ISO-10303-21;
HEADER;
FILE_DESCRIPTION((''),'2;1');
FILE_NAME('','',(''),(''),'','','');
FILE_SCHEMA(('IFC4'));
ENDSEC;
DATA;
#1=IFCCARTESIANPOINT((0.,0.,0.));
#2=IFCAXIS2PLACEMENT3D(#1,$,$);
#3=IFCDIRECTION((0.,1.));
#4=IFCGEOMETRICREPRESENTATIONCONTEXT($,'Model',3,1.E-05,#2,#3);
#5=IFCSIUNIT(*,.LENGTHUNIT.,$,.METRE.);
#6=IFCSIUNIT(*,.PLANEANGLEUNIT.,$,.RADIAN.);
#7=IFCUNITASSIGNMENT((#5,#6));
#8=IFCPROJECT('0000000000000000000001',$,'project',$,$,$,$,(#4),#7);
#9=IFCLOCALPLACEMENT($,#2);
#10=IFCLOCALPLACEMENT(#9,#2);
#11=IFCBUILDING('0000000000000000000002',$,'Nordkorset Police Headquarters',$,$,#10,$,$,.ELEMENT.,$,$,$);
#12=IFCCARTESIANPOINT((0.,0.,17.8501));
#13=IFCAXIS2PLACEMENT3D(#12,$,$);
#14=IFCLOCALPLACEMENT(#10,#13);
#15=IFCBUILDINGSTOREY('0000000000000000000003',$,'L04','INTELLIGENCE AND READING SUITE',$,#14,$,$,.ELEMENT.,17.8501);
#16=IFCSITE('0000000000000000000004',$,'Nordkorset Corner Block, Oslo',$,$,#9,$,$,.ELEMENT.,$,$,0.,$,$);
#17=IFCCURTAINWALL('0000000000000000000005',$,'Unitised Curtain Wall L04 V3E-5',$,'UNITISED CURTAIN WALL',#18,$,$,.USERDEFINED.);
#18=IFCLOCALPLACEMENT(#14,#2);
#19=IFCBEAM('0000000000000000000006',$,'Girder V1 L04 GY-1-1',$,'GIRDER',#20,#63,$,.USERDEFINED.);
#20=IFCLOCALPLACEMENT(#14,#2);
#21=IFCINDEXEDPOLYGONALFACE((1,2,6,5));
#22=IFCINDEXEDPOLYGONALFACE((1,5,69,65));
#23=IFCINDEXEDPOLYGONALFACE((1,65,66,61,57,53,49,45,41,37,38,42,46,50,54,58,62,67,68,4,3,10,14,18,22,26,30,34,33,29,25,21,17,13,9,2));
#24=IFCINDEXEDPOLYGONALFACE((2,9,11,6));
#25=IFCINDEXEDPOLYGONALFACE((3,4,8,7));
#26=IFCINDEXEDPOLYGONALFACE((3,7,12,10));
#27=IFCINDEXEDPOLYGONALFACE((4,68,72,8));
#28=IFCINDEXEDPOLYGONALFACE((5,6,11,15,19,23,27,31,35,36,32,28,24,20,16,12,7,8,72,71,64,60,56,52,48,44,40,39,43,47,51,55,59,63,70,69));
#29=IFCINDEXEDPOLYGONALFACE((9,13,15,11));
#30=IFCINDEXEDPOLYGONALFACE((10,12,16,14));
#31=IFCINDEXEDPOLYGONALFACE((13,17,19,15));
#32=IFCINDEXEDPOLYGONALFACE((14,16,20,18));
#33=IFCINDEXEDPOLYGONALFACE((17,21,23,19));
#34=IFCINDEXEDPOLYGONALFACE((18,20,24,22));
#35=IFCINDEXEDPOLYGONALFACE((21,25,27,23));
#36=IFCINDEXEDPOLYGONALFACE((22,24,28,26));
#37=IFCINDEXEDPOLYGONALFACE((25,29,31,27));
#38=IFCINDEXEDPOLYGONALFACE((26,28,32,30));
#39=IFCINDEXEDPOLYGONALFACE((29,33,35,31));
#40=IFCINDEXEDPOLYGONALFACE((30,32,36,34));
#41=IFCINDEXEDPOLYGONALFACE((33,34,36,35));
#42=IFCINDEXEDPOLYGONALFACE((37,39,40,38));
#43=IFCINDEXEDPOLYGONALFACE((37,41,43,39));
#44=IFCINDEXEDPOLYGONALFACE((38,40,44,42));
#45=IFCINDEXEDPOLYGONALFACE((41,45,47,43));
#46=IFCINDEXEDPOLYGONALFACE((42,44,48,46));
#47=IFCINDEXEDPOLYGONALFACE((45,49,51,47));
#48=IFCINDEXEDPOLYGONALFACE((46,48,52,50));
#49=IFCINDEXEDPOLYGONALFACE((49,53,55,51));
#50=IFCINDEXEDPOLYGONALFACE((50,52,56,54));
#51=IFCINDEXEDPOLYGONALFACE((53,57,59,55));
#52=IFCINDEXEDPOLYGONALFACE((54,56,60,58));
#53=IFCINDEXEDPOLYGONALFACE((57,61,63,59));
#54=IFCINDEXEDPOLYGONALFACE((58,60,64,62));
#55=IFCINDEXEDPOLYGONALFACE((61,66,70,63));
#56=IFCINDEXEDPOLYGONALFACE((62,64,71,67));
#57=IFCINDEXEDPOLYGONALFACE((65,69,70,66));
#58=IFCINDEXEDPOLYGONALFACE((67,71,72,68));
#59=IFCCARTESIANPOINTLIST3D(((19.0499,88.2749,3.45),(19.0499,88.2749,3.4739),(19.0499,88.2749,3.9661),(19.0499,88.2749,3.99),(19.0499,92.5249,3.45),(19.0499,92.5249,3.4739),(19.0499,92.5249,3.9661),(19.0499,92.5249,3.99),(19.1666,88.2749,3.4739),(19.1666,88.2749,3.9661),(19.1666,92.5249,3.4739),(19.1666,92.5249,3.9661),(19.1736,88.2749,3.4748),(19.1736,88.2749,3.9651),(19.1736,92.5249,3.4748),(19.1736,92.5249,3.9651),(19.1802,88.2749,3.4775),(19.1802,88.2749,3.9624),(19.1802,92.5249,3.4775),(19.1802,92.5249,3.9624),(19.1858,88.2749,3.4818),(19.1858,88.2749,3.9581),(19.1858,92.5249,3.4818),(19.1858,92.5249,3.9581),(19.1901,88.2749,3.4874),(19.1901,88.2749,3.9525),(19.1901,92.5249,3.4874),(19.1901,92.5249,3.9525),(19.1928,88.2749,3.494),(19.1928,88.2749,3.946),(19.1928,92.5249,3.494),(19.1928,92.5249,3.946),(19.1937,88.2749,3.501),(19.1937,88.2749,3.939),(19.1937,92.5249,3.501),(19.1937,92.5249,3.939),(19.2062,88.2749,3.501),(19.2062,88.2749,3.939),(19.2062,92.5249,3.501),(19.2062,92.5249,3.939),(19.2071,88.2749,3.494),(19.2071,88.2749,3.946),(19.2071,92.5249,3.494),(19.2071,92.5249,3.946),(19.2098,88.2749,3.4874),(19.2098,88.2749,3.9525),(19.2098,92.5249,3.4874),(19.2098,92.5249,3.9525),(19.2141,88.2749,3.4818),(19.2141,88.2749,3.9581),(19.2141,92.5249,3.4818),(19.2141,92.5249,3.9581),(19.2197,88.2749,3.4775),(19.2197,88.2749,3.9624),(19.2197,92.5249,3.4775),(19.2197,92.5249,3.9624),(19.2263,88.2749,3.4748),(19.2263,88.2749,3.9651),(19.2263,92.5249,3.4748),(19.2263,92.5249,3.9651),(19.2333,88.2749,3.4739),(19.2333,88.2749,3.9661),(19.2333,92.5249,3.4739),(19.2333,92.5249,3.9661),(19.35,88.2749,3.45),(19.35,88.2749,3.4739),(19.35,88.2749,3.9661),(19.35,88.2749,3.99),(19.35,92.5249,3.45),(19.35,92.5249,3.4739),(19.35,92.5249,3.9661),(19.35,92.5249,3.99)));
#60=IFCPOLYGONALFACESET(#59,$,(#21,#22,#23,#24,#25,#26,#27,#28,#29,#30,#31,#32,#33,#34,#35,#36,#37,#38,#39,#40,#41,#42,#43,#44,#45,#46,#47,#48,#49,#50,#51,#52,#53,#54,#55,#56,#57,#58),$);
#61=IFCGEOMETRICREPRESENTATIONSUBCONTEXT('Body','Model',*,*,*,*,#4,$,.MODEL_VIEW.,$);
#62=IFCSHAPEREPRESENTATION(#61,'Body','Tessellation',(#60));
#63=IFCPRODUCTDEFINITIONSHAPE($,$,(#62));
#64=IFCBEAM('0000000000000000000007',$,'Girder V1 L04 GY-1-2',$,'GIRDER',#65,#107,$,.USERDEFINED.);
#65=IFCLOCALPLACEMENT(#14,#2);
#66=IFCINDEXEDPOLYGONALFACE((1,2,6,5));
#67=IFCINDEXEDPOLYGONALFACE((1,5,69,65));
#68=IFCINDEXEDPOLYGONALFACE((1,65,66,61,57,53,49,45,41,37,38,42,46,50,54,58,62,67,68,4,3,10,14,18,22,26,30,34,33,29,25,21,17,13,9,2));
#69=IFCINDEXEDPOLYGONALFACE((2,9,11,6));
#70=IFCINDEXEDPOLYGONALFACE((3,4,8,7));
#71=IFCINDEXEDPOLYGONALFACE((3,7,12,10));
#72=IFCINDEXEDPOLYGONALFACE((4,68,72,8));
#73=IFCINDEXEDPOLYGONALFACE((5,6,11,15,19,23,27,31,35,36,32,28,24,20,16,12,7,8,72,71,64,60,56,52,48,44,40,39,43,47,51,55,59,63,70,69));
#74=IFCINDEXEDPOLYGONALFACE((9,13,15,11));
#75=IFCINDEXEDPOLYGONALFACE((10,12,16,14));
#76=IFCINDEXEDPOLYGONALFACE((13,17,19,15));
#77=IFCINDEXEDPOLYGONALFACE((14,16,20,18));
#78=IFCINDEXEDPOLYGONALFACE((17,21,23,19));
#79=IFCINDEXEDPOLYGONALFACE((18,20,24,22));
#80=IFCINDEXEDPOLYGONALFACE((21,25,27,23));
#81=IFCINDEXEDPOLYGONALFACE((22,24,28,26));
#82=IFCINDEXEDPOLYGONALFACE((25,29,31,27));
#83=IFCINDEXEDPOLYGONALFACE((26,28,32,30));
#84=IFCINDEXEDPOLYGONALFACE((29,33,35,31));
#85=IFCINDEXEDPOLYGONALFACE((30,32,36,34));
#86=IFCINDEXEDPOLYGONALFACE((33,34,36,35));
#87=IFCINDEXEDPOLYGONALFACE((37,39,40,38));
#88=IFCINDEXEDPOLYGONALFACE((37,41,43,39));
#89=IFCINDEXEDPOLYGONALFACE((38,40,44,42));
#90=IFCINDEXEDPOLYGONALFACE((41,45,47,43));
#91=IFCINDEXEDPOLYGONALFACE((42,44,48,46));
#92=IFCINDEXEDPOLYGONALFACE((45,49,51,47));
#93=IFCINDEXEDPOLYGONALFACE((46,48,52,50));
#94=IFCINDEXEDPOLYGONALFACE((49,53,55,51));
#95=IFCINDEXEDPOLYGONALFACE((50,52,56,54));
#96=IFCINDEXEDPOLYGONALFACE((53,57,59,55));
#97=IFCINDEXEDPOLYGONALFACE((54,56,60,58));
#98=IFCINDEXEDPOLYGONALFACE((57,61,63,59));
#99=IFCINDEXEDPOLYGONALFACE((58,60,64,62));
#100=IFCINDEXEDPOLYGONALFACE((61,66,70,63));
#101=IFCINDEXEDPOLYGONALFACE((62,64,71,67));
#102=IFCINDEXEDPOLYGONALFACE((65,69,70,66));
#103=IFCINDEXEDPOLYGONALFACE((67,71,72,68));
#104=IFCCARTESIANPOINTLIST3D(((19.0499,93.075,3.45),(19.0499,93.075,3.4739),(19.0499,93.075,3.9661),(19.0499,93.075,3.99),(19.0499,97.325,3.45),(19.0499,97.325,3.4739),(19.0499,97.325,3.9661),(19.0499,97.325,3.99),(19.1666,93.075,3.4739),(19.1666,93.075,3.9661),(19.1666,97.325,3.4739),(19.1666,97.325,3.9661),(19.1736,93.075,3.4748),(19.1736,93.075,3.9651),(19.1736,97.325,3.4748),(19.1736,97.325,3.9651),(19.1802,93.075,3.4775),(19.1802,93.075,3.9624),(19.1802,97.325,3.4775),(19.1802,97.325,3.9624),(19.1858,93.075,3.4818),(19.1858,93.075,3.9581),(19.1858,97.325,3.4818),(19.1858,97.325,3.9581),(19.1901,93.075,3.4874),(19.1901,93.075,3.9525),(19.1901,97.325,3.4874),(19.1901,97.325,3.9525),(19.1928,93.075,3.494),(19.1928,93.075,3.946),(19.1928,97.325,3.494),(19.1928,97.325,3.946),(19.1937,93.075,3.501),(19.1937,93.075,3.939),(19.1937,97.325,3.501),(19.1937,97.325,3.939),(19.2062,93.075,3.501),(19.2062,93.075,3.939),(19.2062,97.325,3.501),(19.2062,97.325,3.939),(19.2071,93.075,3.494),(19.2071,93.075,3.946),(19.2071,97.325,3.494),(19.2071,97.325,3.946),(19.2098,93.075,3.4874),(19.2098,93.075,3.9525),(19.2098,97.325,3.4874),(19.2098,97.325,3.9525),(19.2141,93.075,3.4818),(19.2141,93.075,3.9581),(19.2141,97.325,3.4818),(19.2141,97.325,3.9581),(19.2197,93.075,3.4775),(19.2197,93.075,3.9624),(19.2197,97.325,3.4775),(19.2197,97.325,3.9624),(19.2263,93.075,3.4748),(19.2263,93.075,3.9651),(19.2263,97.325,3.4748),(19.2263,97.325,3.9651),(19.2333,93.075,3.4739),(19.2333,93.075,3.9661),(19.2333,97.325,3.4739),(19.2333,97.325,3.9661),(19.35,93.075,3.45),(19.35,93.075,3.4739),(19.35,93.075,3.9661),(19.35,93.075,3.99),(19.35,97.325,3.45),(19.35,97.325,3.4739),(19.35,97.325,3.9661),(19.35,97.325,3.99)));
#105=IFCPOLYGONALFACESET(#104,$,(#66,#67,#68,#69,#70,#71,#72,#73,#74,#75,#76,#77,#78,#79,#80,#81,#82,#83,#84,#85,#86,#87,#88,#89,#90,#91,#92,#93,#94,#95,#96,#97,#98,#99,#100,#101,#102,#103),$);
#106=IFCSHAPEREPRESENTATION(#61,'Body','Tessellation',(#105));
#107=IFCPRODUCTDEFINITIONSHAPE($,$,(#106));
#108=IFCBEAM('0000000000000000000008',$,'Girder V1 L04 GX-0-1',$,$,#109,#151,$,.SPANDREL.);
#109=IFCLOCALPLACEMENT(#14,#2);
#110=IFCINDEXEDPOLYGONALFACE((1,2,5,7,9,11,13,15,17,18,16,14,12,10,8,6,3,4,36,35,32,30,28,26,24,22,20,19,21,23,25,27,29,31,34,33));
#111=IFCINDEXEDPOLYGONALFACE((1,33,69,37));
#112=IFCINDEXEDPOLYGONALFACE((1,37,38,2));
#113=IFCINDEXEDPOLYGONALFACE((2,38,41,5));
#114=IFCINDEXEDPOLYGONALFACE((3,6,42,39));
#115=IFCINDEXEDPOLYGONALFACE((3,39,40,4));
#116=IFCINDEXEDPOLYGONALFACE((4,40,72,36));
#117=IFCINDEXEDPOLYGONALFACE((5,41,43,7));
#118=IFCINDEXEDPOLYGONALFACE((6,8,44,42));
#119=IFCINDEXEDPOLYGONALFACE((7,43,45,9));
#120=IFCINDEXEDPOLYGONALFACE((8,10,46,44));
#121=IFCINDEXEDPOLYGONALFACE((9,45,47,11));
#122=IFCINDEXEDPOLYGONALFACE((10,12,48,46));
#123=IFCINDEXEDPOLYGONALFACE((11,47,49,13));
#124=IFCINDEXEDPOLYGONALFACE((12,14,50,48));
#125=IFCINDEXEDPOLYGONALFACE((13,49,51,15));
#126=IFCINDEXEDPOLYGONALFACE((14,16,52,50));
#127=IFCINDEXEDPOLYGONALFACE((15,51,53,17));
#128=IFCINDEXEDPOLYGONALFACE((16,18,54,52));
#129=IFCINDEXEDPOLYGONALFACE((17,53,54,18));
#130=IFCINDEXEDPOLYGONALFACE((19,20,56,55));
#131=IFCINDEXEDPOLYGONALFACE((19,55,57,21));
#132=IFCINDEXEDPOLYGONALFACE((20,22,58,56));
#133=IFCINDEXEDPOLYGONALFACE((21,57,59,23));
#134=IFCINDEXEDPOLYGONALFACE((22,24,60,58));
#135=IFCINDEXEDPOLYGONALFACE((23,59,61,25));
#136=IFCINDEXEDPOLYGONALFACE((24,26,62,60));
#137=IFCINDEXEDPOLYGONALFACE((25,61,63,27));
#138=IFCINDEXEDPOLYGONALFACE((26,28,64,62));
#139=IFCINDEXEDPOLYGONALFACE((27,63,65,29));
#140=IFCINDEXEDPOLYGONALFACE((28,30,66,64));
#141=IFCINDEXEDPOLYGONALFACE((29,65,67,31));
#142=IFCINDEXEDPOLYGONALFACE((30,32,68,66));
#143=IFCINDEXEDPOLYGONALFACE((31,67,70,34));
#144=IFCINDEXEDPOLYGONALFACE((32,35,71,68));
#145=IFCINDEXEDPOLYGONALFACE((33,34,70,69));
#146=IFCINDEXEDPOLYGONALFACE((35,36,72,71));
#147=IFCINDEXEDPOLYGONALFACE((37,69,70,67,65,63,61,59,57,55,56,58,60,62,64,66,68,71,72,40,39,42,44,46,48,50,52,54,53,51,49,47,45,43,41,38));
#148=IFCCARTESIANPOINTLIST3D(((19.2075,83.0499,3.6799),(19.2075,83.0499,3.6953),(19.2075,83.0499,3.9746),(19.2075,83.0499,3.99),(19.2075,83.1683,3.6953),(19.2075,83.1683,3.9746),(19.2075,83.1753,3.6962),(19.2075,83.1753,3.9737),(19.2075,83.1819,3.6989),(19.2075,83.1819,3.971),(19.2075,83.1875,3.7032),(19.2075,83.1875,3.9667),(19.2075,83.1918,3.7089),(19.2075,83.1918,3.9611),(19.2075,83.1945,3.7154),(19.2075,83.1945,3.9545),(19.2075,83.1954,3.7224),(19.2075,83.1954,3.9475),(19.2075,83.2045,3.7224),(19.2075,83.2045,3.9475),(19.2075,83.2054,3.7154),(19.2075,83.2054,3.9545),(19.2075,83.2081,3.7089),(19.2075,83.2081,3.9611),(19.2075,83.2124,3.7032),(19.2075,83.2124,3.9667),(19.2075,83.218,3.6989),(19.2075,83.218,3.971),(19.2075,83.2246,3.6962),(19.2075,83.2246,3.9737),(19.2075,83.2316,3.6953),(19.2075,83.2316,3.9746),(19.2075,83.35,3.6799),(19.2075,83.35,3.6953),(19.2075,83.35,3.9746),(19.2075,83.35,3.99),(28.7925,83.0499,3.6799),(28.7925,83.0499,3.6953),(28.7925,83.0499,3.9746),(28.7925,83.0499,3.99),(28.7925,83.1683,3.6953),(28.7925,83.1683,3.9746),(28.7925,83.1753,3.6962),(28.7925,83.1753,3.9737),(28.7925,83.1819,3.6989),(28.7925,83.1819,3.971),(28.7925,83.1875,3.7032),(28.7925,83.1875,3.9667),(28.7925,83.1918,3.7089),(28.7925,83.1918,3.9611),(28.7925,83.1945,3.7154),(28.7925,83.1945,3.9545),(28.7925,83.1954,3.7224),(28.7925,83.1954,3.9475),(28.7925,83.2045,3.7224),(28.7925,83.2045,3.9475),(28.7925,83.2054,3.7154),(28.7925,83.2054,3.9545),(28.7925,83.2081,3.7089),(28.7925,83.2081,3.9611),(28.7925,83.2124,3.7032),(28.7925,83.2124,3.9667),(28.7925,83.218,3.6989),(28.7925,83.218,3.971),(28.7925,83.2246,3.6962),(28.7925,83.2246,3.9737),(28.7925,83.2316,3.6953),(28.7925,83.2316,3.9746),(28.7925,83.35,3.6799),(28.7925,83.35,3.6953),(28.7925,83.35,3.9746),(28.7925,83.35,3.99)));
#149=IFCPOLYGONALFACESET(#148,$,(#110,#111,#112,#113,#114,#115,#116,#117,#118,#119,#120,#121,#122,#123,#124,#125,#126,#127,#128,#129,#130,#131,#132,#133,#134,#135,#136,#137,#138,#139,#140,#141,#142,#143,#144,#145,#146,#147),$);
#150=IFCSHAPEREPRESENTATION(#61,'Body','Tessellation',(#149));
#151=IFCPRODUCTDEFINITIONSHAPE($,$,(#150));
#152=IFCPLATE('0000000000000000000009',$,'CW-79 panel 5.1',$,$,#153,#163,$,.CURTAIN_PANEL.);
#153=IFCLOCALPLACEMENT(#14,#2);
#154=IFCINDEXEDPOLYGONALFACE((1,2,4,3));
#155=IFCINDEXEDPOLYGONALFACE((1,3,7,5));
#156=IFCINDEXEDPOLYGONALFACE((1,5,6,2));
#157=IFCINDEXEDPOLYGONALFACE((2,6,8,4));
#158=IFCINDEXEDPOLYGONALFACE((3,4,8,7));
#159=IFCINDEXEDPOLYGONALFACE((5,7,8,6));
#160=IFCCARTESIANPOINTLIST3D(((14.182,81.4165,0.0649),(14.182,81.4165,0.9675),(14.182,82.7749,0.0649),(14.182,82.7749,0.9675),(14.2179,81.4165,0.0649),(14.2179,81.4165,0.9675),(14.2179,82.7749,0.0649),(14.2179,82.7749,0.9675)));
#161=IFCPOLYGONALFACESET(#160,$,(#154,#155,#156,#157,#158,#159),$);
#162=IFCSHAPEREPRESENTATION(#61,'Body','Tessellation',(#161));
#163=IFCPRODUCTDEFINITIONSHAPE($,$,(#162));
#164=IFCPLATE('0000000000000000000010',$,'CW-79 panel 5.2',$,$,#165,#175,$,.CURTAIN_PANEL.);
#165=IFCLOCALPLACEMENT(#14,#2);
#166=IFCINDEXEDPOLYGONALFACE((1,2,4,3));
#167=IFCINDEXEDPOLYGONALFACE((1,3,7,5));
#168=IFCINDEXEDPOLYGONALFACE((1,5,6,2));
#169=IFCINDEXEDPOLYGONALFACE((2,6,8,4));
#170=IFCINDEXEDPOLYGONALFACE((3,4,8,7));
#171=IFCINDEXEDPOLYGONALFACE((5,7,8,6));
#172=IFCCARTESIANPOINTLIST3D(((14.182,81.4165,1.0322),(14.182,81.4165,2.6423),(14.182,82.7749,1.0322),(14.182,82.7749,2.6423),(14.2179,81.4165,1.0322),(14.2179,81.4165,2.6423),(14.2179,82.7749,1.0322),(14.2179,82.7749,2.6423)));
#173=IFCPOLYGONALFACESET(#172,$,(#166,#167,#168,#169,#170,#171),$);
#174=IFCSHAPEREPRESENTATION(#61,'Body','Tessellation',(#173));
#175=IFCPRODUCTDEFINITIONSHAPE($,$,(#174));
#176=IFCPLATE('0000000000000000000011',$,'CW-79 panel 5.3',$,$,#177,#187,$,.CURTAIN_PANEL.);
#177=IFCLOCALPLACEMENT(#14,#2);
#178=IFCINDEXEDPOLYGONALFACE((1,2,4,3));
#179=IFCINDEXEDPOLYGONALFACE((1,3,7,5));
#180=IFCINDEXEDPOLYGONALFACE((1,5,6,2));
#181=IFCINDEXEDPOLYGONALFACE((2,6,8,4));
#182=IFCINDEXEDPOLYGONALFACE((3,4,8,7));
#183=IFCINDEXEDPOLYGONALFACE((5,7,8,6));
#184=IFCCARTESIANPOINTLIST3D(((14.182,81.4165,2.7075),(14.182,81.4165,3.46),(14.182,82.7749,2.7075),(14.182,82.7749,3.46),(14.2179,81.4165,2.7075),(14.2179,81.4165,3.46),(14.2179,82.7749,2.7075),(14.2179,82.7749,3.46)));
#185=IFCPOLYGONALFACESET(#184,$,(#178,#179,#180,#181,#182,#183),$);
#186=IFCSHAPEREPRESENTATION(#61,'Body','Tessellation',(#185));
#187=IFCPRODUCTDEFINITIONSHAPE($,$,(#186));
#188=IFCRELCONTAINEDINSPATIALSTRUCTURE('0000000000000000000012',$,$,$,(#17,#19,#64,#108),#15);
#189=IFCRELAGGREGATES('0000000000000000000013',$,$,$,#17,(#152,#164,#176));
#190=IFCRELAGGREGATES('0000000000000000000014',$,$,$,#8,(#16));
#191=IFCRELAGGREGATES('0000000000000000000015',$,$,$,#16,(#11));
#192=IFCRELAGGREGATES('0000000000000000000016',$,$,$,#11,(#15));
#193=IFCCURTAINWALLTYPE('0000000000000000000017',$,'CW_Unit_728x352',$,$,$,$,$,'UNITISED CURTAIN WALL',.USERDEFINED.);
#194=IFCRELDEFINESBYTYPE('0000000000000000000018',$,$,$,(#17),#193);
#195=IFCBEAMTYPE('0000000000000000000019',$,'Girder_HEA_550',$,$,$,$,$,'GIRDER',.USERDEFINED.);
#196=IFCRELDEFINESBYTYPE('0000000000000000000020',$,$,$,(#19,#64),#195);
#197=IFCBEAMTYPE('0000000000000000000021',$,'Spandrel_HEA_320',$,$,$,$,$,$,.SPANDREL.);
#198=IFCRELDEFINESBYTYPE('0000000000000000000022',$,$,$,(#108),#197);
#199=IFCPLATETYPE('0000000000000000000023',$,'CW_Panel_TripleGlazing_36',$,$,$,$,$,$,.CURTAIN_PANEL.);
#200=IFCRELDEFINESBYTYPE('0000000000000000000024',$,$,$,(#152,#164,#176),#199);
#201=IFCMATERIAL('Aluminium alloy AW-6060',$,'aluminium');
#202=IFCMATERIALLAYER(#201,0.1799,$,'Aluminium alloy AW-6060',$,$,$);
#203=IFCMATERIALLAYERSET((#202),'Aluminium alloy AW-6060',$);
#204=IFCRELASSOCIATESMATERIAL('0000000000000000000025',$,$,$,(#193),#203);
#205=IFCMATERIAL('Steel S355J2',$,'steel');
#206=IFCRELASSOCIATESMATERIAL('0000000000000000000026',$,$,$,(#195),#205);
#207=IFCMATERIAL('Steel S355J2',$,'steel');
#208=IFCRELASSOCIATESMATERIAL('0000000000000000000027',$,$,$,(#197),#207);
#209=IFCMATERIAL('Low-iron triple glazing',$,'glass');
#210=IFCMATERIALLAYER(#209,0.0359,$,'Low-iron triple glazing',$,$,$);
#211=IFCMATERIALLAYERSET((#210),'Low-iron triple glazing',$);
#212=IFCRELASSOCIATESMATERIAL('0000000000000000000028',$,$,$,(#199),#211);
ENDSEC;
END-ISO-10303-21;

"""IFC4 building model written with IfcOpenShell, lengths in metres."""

from ifc_helpers import new_model, si_unit, direction, frame, origin, origin_2d, place, context, subcontext, project, spatial, rectangle, i_section, extrude, material, layer, layer_set, material_profile, profile_set, type_object, element, aggregate, save


model = new_model("IFC4")

# Units and contexts
model_context = context("Model", 3, precision=1e-05, world=origin(), true_north=direction((0.0, 1.0)))
body_context = subcontext(model_context, "Body", "Model", "MODEL_VIEW")
ifc_project = project(units=[si_unit("LENGTHUNIT", "METRE"), si_unit("PLANEANGLEUNIT", "RADIAN")], contexts=[model_context])

# Site, building, storey
site_placement = place(None, origin())
site = spatial("IfcSite", under=ifc_project, at=site_placement, Name="Nordkorset Corner Block, Oslo", CompositionType="ELEMENT", RefElevation=0.0)
building_placement = place(site_placement, origin())
building = spatial("IfcBuilding", under=site, at=building_placement, Name="Nordkorset Police Headquarters", CompositionType="ELEMENT")
storey_placement = place(building_placement, frame((0.0, 0.0, 17.8501)))
storey = spatial("IfcBuildingStorey", under=building, at=storey_placement, Name="L04", Description="INTELLIGENCE AND READING SUITE", CompositionType="ELEMENT", Elevation=17.8501)

# Curtain wall
ifc_material_1 = material(Name="Aluminium alloy AW-6060", Category="aluminium")
ifc_layer_1 = layer(ifc_material_1, 0.1799, Name="Aluminium alloy AW-6060")
ifc_layer_set_1 = layer_set([ifc_layer_1], Name="Aluminium alloy AW-6060")
curtain_wall_type_1 = type_object("IfcCurtainWallType", Name="CW_Unit_728x352", ElementType="UNITISED CURTAIN WALL", PredefinedType="USERDEFINED", material=ifc_layer_set_1)
curtain_wall_1_placement = place(storey_placement, origin())
curtain_wall_1 = element("IfcCurtainWall", 1, at=curtain_wall_1_placement, inside=storey, type_object=curtain_wall_type_1, Name="Unitised Curtain Wall L04 V3E-5", ObjectType="UNITISED CURTAIN WALL", PredefinedType="USERDEFINED")

# Beams
ifc_material_2 = material(Name="Steel S355J2", Category="steel")
ifc_material_profile_1 = material_profile(ifc_material_2, i_section(OverallWidth=0.3, OverallDepth=0.54, WebThickness=0.0125, FlangeThickness=0.0239, FilletRadius=0.0271, at=origin_2d()), Name="HEA 550")
ifc_profile_set_1 = profile_set([ifc_material_profile_1], Name="Steel S355J2")
beam_type_1 = type_object("IfcBeamType", Name="Girder_HEA_550", ElementType="GIRDER", PredefinedType="USERDEFINED", material=ifc_profile_set_1)
for number, where, z_axis, x_axis, name in (
    (2, (19.2, 88.2749, 3.72), (0.0, 1.0, 0.0), (-1.0, 0.0, 0.0), "Girder V1 L04 GY-1-1"),
    (3, (19.2, 93.075, 3.72), (0.0, 1.0, 0.0), (-1.0, 0.0, 0.0), "Girder V1 L04 GY-1-2"),
):
    element("IfcBeam", number, at=place(storey_placement, frame(where, z_axis=z_axis, x_axis=x_axis)), inside=storey, type_object=beam_type_1, Name=name, ObjectType="GIRDER", PredefinedType="USERDEFINED", context=body_context, shape_type="SweptSolid", body=[
        extrude(i_section(OverallWidth=0.3, OverallDepth=0.54, WebThickness=0.0125, FlangeThickness=0.0239, FilletRadius=0.0271, at=origin_2d()), origin(), (0.0, 0.0, 1.0), 4.25),
    ])
ifc_material_3 = material(Name="Steel S355J2", Category="steel")
ifc_material_profile_2 = material_profile(ifc_material_3, i_section(OverallWidth=0.3, OverallDepth=0.3101, WebThickness=0.009, FlangeThickness=0.0154, FilletRadius=0.0271, at=origin_2d()), Name="HEA 320")
ifc_profile_set_2 = profile_set([ifc_material_profile_2], Name="Steel S355J2")
beam_type_2 = type_object("IfcBeamType", Name="Spandrel_HEA_320", PredefinedType="SPANDREL", material=ifc_profile_set_2)
beam_1_placement = place(storey_placement, frame((19.2075, 83.2, 3.835), z_axis=(1.0, 0.0, 0.0), x_axis=(0.0, 1.0, 0.0)))
element("IfcBeam", 4, at=beam_1_placement, inside=storey, type_object=beam_type_2, Name="Girder V1 L04 GX-0-1", PredefinedType="SPANDREL", context=body_context, shape_type="SweptSolid", body=[
    extrude(i_section(OverallWidth=0.3, OverallDepth=0.3101, WebThickness=0.009, FlangeThickness=0.0154, FilletRadius=0.0271, at=origin_2d()), origin(), (0.0, 0.0, 1.0), 9.585),
])

# Plates
ifc_material_4 = material(Name="Low-iron triple glazing", Category="glass")
ifc_layer_2 = layer(ifc_material_4, 0.0359, Name="Low-iron triple glazing")
ifc_layer_set_2 = layer_set([ifc_layer_2], Name="Low-iron triple glazing")
plate_type = type_object("IfcPlateType", Name="CW_Panel_TripleGlazing_36", PredefinedType="CURTAIN_PANEL", material=ifc_layer_set_2)
plate_1_placement = place(storey_placement, frame((14.2, 82.0957, 0.0649), z_axis=(0.0, 0.0, 1.0), x_axis=(0.0, 1.0, 0.0)))
plate_1 = element("IfcPlate", 5, at=plate_1_placement, type_object=plate_type, Name="CW-79 panel 5.1", PredefinedType="CURTAIN_PANEL", context=body_context, shape_type="SweptSolid", body=[
    extrude(rectangle(XDim=1.3584, YDim=0.0359, at=origin_2d()), origin(), (0.0, 0.0, 1.0), 0.9026),
])
plate_2_placement = place(storey_placement, frame((14.2, 82.0957, 1.0322), z_axis=(0.0, 0.0, 1.0), x_axis=(0.0, 1.0, 0.0)))
plate_2 = element("IfcPlate", 6, at=plate_2_placement, type_object=plate_type, Name="CW-79 panel 5.2", PredefinedType="CURTAIN_PANEL", context=body_context, shape_type="SweptSolid", body=[
    extrude(rectangle(XDim=1.3584, YDim=0.0359, at=origin_2d()), origin(), (0.0, 0.0, 1.0), 1.6101),
])
plate_3_placement = place(storey_placement, frame((14.2, 82.0957, 2.7075), z_axis=(0.0, 0.0, 1.0), x_axis=(0.0, 1.0, 0.0)))
plate_3 = element("IfcPlate", 7, at=plate_3_placement, type_object=plate_type, Name="CW-79 panel 5.3", PredefinedType="CURTAIN_PANEL", context=body_context, shape_type="SweptSolid", body=[
    extrude(rectangle(XDim=1.3584, YDim=0.0359, at=origin_2d()), origin(), (0.0, 0.0, 1.0), 0.7524),
])
aggregate(curtain_wall_1, [plate_1, plate_2, plate_3])

save(model, "model.ifc")
